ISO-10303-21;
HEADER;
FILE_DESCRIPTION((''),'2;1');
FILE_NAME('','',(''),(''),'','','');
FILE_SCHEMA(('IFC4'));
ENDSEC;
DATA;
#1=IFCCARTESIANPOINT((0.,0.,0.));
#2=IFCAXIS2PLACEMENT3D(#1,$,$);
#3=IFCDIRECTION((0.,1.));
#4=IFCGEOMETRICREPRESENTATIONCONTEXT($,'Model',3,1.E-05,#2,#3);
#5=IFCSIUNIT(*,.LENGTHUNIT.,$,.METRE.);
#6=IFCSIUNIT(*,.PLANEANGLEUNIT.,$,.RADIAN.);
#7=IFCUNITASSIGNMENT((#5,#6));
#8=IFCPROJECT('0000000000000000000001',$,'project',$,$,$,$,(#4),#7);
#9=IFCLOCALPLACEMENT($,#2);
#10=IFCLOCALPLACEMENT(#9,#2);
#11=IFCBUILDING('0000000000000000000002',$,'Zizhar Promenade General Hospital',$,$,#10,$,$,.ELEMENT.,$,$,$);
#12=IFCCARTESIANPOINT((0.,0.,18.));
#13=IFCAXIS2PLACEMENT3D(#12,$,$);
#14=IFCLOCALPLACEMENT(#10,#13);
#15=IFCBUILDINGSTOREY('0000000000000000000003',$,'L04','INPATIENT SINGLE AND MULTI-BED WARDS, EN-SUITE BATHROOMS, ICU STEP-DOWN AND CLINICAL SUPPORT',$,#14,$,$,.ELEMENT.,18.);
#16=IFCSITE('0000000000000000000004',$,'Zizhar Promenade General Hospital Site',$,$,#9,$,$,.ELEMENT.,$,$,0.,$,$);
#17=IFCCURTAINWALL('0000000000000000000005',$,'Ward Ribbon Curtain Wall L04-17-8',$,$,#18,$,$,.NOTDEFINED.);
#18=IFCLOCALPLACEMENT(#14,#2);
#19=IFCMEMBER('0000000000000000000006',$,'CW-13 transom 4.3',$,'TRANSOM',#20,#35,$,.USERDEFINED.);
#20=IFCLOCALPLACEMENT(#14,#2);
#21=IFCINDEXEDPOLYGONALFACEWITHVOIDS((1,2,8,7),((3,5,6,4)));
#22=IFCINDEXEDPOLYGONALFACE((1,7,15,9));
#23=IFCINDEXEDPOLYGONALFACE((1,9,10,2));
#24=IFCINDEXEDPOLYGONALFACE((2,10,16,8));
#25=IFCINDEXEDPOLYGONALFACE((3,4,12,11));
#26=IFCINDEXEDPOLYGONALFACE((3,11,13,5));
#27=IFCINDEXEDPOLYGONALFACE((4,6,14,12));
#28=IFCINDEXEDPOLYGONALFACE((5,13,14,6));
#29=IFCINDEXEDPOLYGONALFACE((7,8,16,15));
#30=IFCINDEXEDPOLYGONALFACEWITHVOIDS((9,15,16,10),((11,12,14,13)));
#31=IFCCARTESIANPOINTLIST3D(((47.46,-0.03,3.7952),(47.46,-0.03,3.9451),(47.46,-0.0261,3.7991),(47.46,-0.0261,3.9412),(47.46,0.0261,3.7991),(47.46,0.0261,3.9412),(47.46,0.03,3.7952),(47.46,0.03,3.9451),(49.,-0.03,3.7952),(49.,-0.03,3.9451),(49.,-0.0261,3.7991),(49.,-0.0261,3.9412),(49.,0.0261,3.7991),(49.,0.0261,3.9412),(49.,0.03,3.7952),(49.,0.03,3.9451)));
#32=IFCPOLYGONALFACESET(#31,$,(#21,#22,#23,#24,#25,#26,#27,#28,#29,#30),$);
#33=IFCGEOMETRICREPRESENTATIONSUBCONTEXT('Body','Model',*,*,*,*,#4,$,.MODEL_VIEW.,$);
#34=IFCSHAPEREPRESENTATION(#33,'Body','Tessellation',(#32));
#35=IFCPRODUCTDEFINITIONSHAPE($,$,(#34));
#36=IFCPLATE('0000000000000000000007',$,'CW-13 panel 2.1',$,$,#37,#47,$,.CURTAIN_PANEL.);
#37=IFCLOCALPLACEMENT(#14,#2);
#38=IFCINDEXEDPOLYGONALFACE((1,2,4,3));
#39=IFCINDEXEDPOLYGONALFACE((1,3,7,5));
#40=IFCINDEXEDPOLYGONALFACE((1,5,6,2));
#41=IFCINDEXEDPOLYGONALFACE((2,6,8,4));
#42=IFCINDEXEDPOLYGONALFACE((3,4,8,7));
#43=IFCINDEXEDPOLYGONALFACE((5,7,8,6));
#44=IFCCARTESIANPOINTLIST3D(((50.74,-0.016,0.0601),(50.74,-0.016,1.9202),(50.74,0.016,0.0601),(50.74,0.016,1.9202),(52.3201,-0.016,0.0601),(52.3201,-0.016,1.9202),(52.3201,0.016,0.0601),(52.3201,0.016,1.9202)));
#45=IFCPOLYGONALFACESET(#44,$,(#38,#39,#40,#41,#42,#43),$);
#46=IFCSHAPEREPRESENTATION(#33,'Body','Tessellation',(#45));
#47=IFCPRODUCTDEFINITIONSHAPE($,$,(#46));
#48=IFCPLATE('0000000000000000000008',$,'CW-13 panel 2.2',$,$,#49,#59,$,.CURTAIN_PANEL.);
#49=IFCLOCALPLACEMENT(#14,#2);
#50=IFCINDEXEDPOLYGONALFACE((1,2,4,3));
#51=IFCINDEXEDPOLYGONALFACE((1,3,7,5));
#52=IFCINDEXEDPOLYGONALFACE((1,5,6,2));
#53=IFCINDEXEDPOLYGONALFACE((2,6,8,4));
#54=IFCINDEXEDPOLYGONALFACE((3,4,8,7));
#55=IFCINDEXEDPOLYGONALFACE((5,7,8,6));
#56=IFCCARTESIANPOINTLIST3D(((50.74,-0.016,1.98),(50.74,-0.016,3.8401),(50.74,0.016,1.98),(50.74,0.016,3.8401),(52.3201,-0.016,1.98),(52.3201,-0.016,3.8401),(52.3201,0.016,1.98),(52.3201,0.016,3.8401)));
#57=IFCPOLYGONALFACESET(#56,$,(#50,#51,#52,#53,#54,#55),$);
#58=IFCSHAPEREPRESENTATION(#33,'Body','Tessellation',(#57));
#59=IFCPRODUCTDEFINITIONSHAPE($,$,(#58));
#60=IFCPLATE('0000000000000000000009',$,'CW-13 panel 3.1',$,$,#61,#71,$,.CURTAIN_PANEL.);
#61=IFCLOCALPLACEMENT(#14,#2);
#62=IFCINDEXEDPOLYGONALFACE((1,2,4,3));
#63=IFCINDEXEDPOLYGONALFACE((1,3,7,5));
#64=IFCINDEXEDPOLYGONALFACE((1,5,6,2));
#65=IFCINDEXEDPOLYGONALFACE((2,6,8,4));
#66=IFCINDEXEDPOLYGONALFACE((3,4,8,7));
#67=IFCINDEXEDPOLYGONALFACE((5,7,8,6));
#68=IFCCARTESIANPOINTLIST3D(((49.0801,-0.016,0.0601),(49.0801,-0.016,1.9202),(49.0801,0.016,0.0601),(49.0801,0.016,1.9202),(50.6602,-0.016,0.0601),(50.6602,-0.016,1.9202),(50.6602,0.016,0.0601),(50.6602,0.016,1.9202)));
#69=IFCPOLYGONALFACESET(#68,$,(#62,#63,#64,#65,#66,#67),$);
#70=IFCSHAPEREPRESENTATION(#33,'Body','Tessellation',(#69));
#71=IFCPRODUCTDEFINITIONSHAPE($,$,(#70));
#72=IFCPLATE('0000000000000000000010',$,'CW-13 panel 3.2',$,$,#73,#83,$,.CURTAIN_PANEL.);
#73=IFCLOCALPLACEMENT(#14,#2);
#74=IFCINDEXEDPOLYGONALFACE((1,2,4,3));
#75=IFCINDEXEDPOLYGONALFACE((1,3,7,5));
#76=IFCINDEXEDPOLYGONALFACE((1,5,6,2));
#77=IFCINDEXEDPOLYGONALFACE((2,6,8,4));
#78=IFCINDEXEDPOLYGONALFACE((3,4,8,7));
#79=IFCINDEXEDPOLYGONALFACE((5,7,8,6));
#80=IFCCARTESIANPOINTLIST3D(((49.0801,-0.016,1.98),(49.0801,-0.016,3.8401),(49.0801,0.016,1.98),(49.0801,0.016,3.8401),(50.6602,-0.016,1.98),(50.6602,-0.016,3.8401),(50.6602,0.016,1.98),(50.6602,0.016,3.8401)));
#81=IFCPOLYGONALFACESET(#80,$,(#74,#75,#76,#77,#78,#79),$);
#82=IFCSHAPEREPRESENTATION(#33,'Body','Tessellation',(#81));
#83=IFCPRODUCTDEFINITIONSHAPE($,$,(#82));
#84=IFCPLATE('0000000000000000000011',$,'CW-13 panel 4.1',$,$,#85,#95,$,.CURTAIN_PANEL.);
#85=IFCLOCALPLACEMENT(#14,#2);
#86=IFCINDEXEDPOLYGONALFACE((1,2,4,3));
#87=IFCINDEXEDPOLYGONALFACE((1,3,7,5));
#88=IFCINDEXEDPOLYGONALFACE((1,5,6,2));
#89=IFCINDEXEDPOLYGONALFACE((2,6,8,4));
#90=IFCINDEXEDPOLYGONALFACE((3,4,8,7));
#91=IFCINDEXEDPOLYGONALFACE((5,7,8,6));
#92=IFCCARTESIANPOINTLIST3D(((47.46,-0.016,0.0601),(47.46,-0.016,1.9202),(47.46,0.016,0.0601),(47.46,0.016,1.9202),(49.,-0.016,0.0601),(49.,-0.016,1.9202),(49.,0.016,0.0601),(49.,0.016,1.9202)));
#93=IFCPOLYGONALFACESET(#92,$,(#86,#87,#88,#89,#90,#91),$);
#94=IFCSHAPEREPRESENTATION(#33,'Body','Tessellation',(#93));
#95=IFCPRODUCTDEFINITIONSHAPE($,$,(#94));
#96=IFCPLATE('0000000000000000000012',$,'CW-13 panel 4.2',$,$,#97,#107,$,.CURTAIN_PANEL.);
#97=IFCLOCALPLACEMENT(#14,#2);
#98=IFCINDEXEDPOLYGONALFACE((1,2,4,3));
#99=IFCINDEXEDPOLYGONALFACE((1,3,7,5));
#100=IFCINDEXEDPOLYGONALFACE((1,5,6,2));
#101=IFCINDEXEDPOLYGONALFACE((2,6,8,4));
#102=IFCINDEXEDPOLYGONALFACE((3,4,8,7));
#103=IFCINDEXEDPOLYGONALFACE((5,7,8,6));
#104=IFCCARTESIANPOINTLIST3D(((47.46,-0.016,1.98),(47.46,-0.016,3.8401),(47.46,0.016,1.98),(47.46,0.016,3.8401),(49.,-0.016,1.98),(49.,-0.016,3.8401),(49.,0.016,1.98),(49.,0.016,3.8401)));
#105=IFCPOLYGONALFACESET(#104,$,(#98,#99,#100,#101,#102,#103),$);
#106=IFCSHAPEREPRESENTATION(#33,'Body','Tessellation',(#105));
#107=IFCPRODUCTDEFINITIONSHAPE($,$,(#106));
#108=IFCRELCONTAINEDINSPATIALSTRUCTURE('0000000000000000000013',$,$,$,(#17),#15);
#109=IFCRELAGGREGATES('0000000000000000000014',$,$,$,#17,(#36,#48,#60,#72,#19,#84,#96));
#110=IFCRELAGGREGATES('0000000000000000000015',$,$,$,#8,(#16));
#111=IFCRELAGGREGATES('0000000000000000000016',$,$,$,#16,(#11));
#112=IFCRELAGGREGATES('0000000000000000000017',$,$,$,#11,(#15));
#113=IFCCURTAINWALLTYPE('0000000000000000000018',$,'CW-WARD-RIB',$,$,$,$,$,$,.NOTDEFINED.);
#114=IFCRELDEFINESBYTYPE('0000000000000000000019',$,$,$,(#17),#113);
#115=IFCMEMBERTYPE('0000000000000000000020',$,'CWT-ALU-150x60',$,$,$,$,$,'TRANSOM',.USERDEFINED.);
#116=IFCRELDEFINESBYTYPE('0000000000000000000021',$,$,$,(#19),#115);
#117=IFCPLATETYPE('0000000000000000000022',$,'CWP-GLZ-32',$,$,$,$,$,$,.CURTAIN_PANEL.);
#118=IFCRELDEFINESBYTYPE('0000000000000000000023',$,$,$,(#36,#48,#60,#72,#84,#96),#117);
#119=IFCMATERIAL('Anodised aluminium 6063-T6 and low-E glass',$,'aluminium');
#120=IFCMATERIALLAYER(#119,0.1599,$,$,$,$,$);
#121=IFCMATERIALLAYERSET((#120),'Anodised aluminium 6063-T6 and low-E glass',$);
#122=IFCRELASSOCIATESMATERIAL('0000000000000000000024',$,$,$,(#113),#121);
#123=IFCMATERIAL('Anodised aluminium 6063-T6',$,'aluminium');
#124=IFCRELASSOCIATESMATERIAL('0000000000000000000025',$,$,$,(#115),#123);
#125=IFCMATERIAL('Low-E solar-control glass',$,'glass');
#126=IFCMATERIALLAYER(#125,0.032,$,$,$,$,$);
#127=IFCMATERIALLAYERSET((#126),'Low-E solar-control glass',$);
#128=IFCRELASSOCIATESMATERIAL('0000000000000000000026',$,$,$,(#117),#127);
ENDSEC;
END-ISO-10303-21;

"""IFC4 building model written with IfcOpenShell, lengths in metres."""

from ifc_helpers import new_model, si_unit, direction, frame, origin, origin_2d, place, context, subcontext, project, spatial, rectangle, hollow_rectangle, extrude, material, layer, layer_set, material_profile, profile_set, type_object, element, aggregate, save


model = new_model("IFC4")

# Units and contexts
model_context = context("Model", 3, precision=1e-05, world=origin(), true_north=direction((0.0, 1.0)))
body_context = subcontext(model_context, "Body", "Model", "MODEL_VIEW")
ifc_project = project(units=[si_unit("LENGTHUNIT", "METRE"), si_unit("PLANEANGLEUNIT", "RADIAN")], contexts=[model_context])

# Site, building, storey
site_placement = place(None, origin())
site = spatial("IfcSite", under=ifc_project, at=site_placement, Name="Zizhar Promenade General Hospital Site", CompositionType="ELEMENT", RefElevation=0.0)
building_placement = place(site_placement, origin())
building = spatial("IfcBuilding", under=site, at=building_placement, Name="Zizhar Promenade General Hospital", CompositionType="ELEMENT")
storey_placement = place(building_placement, frame((0.0, 0.0, 18.0)))
storey = spatial("IfcBuildingStorey", under=building, at=storey_placement, Name="L04", Description="INPATIENT SINGLE AND MULTI-BED WARDS, EN-SUITE BATHROOMS, ICU STEP-DOWN AND CLINICAL SUPPORT", CompositionType="ELEMENT", Elevation=18.0)

# Curtain wall, member, plates
ifc_material_1 = material(Name="Anodised aluminium 6063-T6 and low-E glass", Category="aluminium")
ifc_layer_1 = layer(ifc_material_1, 0.1599)
ifc_layer_set_1 = layer_set([ifc_layer_1], Name="Anodised aluminium 6063-T6 and low-E glass")
curtain_wall_type = type_object("IfcCurtainWallType", Name="CW-WARD-RIB", PredefinedType="NOTDEFINED", material=ifc_layer_set_1)
curtain_wall_placement = place(storey_placement, origin())
curtain_wall = element("IfcCurtainWall", 1, at=curtain_wall_placement, inside=storey, type_object=curtain_wall_type, Name="Ward Ribbon Curtain Wall L04-17-8", PredefinedType="NOTDEFINED")
ifc_material_2 = material(Name="Anodised aluminium 6063-T6", Category="aluminium")
ifc_material_profile_1 = material_profile(ifc_material_2, hollow_rectangle(XDim=0.0601, YDim=0.1499, WallThickness=0.0039, at=origin_2d()))
ifc_profile_set_1 = profile_set([ifc_material_profile_1], Name="Anodised aluminium 6063-T6")
member_type_1 = type_object("IfcMemberType", Name="CWT-ALU-150x60", ElementType="TRANSOM", PredefinedType="USERDEFINED", material=ifc_profile_set_1)
member_1_placement = place(storey_placement, frame((49.0, 0.0, 3.8701), z_axis=(-1.0, 0.0, 0.0), x_axis=(0.0, -1.0, 0.0)))
member_1 = element("IfcMember", 2, at=member_1_placement, type_object=member_type_1, Name="CW-13 transom 4.3", ObjectType="TRANSOM", PredefinedType="USERDEFINED", context=body_context, shape_type="SweptSolid", body=[
    extrude(hollow_rectangle(XDim=0.0601, YDim=0.1499, WallThickness=0.0039, at=origin_2d()), origin(), (0.0, 0.0, 1.0), 1.54),
])
ifc_material_3 = material(Name="Low-E solar-control glass", Category="glass")
ifc_layer_2 = layer(ifc_material_3, 0.032)
ifc_layer_set_2 = layer_set([ifc_layer_2], Name="Low-E solar-control glass")
plate_type = type_object("IfcPlateType", Name="CWP-GLZ-32", PredefinedType="CURTAIN_PANEL", material=ifc_layer_set_2)
plate_1_placement = place(storey_placement, frame((51.53, 0.0, 0.0601), z_axis=(0.0, 0.0, 1.0), x_axis=(-1.0, 0.0, 0.0)))
plate_1 = element("IfcPlate", 3, at=plate_1_placement, type_object=plate_type, Name="CW-13 panel 2.1", PredefinedType="CURTAIN_PANEL", context=body_context, shape_type="SweptSolid", body=[
    extrude(rectangle(XDim=1.5801, YDim=0.032, at=origin_2d()), origin(), (0.0, 0.0, 1.0), 1.8601),
])
plate_2_placement = place(storey_placement, frame((51.53, 0.0, 1.98), z_axis=(0.0, 0.0, 1.0), x_axis=(-1.0, 0.0, 0.0)))
plate_2 = element("IfcPlate", 4, at=plate_2_placement, type_object=plate_type, Name="CW-13 panel 2.2", PredefinedType="CURTAIN_PANEL", context=body_context, shape_type="SweptSolid", body=[
    extrude(rectangle(XDim=1.5801, YDim=0.032, at=origin_2d()), origin(), (0.0, 0.0, 1.0), 1.8601),
])
plate_3_placement = place(storey_placement, frame((49.8701, 0.0, 0.0601), z_axis=(0.0, 0.0, 1.0), x_axis=(-1.0, 0.0, 0.0)))
plate_3 = element("IfcPlate", 5, at=plate_3_placement, type_object=plate_type, Name="CW-13 panel 3.1", PredefinedType="CURTAIN_PANEL", context=body_context, shape_type="SweptSolid", body=[
    extrude(rectangle(XDim=1.5801, YDim=0.032, at=origin_2d()), origin(), (0.0, 0.0, 1.0), 1.8601),
])
plate_4_placement = place(storey_placement, frame((49.8701, 0.0, 1.98), z_axis=(0.0, 0.0, 1.0), x_axis=(-1.0, 0.0, 0.0)))
plate_4 = element("IfcPlate", 6, at=plate_4_placement, type_object=plate_type, Name="CW-13 panel 3.2", PredefinedType="CURTAIN_PANEL", context=body_context, shape_type="SweptSolid", body=[
    extrude(rectangle(XDim=1.5801, YDim=0.032, at=origin_2d()), origin(), (0.0, 0.0, 1.0), 1.8601),
])
plate_5_placement = place(storey_placement, frame((48.23, 0.0, 0.0601), z_axis=(0.0, 0.0, 1.0), x_axis=(-1.0, 0.0, 0.0)))
plate_5 = element("IfcPlate", 7, at=plate_5_placement, type_object=plate_type, Name="CW-13 panel 4.1", PredefinedType="CURTAIN_PANEL", context=body_context, shape_type="SweptSolid", body=[
    extrude(rectangle(XDim=1.54, YDim=0.032, at=origin_2d()), origin(), (0.0, 0.0, 1.0), 1.8601),
])
plate_6_placement = place(storey_placement, frame((48.23, 0.0, 1.98), z_axis=(0.0, 0.0, 1.0), x_axis=(-1.0, 0.0, 0.0)))
plate_6 = element("IfcPlate", 8, at=plate_6_placement, type_object=plate_type, Name="CW-13 panel 4.2", PredefinedType="CURTAIN_PANEL", context=body_context, shape_type="SweptSolid", body=[
    extrude(rectangle(XDim=1.54, YDim=0.032, at=origin_2d()), origin(), (0.0, 0.0, 1.0), 1.8601),
])
aggregate(curtain_wall, [plate_1, plate_2, plate_3, plate_4, member_1, plate_5, plate_6])

save(model, "model.ifc")
